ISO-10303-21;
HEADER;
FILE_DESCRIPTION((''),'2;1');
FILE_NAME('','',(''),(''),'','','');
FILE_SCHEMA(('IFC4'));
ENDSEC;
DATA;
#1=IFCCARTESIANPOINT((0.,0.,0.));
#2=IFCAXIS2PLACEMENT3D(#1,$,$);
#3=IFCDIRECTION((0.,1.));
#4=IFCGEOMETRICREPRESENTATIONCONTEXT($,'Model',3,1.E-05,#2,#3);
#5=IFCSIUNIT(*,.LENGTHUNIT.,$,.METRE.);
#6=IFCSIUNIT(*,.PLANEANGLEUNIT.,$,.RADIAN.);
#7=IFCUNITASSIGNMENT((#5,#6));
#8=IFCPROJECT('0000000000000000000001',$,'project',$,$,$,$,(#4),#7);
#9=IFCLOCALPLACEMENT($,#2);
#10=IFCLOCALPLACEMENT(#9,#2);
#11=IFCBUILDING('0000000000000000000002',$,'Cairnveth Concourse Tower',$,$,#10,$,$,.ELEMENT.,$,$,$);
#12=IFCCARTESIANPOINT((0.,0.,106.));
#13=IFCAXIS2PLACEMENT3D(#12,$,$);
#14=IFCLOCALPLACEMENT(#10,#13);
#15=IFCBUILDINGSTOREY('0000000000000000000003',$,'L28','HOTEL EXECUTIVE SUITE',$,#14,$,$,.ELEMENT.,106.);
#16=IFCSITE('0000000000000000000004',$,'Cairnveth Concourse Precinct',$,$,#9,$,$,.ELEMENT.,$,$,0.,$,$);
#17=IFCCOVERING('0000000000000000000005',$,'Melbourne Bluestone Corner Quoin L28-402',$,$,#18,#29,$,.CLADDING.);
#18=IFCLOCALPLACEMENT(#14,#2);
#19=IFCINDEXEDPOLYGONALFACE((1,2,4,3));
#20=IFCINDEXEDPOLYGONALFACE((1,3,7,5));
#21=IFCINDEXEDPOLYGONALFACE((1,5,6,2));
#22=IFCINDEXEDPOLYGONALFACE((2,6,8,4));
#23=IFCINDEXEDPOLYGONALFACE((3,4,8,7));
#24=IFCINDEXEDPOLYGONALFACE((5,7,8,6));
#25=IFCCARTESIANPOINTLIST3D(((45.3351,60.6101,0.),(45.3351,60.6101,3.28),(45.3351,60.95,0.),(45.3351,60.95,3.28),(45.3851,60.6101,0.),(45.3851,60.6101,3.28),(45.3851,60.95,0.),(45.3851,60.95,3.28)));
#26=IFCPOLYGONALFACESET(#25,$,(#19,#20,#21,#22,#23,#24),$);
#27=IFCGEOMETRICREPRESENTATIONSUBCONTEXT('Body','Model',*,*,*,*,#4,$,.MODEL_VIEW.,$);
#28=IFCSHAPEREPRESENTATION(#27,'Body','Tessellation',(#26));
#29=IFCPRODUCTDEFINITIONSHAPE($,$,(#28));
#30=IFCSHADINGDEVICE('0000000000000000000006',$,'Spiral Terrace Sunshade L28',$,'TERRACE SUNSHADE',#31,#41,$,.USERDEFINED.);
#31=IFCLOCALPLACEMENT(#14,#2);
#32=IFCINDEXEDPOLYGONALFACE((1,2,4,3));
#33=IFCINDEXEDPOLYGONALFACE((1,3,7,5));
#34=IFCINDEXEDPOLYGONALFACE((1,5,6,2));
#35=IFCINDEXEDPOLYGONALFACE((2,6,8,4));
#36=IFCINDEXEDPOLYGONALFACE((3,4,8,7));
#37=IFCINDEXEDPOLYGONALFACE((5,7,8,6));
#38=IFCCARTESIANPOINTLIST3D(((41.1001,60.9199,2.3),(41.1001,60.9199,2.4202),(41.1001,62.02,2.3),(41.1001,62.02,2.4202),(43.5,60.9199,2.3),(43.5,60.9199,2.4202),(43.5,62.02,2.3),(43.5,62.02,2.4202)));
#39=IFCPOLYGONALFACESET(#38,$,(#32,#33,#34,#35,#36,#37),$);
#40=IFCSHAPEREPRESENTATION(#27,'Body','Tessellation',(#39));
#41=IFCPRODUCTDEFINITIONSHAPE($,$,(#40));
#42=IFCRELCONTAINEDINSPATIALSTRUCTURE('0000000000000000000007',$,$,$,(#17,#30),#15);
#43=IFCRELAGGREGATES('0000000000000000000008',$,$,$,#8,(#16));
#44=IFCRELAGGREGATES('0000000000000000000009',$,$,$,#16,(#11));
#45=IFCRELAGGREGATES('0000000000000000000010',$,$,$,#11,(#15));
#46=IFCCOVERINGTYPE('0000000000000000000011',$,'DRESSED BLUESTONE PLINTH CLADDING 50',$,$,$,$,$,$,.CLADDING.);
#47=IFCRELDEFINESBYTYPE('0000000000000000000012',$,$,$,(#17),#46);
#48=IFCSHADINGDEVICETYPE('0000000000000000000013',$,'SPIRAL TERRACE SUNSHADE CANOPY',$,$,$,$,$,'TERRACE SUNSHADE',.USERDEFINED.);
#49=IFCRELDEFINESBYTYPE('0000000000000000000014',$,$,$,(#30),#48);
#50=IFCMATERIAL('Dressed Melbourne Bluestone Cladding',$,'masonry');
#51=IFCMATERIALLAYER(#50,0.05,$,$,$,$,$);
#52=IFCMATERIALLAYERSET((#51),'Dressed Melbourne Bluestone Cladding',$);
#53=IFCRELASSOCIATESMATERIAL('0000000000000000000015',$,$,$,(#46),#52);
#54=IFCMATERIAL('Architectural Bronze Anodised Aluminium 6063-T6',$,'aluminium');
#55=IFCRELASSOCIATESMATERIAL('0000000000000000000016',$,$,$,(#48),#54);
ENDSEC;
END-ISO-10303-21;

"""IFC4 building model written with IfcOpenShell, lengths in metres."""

from ifc_helpers import new_model, si_unit, direction, frame, frame_2d, origin, origin_2d, place, context, subcontext, project, spatial, rectangle, extrude, material, layer, layer_set, type_object, element, save


model = new_model("IFC4")

# Units and contexts
model_context = context("Model", 3, precision=1e-05, world=origin(), true_north=direction((0.0, 1.0)))
body_context = subcontext(model_context, "Body", "Model", "MODEL_VIEW")
ifc_project = project(units=[si_unit("LENGTHUNIT", "METRE"), si_unit("PLANEANGLEUNIT", "RADIAN")], contexts=[model_context])

# Site, building, storey
site_placement = place(None, origin())
site = spatial("IfcSite", under=ifc_project, at=site_placement, Name="Cairnveth Concourse Precinct", CompositionType="ELEMENT", RefElevation=0.0)
building_placement = place(site_placement, origin())
building = spatial("IfcBuilding", under=site, at=building_placement, Name="Cairnveth Concourse Tower", CompositionType="ELEMENT")
storey_placement = place(building_placement, frame((0.0, 0.0, 106.0)))
storey = spatial("IfcBuildingStorey", under=building, at=storey_placement, Name="L28", Description="HOTEL EXECUTIVE SUITE", CompositionType="ELEMENT", Elevation=106.0)

# Shared definitions
ifc_material_1 = material(Name="Dressed Melbourne Bluestone Cladding", Category="masonry")

# Shared definitions
ifc_material_2 = material(Name="Architectural Bronze Anodised Aluminium 6063-T6", Category="aluminium")

# Covering
ifc_layer_1 = layer(ifc_material_1, 0.05)
ifc_layer_set_1 = layer_set([ifc_layer_1], Name="Dressed Melbourne Bluestone Cladding")
covering_type = type_object("IfcCoveringType", Name="DRESSED BLUESTONE PLINTH CLADDING 50", PredefinedType="CLADDING", material=ifc_layer_set_1)
covering_placement = place(storey_placement, frame((45.3601, 60.6101, 0.0), z_axis=(0.0, 0.0, 1.0), x_axis=(0.0, 1.0, 0.0)))
element("IfcCovering", 1, at=covering_placement, inside=storey, type_object=covering_type, Name="Melbourne Bluestone Corner Quoin L28-402", PredefinedType="CLADDING", context=body_context, shape_type="SweptSolid", body=[
    extrude(rectangle(XDim=0.3398, YDim=0.05, at=frame_2d((0.1699, 0.0))), origin(), (0.0, 0.0, 1.0), 3.28),
])

# Shading device
shading_device_type = type_object("IfcShadingDeviceType", Name="SPIRAL TERRACE SUNSHADE CANOPY", ElementType="TERRACE SUNSHADE", PredefinedType="USERDEFINED", material=ifc_material_2)
shading_device_placement = place(storey_placement, frame((42.3, 61.47, 2.3), z_axis=(0.0, 0.0, 1.0), x_axis=(1.0, 0.0, 0.0)))
element("IfcShadingDevice", 2, at=shading_device_placement, inside=storey, type_object=shading_device_type, Name="Spiral Terrace Sunshade L28", ObjectType="TERRACE SUNSHADE", PredefinedType="USERDEFINED", context=body_context, shape_type="SweptSolid", body=[
    extrude(rectangle(XDim=2.3999, YDim=1.1001, at=origin_2d()), origin(), (0.0, 0.0, 1.0), 0.1201),
])

save(model, "model.ifc")
